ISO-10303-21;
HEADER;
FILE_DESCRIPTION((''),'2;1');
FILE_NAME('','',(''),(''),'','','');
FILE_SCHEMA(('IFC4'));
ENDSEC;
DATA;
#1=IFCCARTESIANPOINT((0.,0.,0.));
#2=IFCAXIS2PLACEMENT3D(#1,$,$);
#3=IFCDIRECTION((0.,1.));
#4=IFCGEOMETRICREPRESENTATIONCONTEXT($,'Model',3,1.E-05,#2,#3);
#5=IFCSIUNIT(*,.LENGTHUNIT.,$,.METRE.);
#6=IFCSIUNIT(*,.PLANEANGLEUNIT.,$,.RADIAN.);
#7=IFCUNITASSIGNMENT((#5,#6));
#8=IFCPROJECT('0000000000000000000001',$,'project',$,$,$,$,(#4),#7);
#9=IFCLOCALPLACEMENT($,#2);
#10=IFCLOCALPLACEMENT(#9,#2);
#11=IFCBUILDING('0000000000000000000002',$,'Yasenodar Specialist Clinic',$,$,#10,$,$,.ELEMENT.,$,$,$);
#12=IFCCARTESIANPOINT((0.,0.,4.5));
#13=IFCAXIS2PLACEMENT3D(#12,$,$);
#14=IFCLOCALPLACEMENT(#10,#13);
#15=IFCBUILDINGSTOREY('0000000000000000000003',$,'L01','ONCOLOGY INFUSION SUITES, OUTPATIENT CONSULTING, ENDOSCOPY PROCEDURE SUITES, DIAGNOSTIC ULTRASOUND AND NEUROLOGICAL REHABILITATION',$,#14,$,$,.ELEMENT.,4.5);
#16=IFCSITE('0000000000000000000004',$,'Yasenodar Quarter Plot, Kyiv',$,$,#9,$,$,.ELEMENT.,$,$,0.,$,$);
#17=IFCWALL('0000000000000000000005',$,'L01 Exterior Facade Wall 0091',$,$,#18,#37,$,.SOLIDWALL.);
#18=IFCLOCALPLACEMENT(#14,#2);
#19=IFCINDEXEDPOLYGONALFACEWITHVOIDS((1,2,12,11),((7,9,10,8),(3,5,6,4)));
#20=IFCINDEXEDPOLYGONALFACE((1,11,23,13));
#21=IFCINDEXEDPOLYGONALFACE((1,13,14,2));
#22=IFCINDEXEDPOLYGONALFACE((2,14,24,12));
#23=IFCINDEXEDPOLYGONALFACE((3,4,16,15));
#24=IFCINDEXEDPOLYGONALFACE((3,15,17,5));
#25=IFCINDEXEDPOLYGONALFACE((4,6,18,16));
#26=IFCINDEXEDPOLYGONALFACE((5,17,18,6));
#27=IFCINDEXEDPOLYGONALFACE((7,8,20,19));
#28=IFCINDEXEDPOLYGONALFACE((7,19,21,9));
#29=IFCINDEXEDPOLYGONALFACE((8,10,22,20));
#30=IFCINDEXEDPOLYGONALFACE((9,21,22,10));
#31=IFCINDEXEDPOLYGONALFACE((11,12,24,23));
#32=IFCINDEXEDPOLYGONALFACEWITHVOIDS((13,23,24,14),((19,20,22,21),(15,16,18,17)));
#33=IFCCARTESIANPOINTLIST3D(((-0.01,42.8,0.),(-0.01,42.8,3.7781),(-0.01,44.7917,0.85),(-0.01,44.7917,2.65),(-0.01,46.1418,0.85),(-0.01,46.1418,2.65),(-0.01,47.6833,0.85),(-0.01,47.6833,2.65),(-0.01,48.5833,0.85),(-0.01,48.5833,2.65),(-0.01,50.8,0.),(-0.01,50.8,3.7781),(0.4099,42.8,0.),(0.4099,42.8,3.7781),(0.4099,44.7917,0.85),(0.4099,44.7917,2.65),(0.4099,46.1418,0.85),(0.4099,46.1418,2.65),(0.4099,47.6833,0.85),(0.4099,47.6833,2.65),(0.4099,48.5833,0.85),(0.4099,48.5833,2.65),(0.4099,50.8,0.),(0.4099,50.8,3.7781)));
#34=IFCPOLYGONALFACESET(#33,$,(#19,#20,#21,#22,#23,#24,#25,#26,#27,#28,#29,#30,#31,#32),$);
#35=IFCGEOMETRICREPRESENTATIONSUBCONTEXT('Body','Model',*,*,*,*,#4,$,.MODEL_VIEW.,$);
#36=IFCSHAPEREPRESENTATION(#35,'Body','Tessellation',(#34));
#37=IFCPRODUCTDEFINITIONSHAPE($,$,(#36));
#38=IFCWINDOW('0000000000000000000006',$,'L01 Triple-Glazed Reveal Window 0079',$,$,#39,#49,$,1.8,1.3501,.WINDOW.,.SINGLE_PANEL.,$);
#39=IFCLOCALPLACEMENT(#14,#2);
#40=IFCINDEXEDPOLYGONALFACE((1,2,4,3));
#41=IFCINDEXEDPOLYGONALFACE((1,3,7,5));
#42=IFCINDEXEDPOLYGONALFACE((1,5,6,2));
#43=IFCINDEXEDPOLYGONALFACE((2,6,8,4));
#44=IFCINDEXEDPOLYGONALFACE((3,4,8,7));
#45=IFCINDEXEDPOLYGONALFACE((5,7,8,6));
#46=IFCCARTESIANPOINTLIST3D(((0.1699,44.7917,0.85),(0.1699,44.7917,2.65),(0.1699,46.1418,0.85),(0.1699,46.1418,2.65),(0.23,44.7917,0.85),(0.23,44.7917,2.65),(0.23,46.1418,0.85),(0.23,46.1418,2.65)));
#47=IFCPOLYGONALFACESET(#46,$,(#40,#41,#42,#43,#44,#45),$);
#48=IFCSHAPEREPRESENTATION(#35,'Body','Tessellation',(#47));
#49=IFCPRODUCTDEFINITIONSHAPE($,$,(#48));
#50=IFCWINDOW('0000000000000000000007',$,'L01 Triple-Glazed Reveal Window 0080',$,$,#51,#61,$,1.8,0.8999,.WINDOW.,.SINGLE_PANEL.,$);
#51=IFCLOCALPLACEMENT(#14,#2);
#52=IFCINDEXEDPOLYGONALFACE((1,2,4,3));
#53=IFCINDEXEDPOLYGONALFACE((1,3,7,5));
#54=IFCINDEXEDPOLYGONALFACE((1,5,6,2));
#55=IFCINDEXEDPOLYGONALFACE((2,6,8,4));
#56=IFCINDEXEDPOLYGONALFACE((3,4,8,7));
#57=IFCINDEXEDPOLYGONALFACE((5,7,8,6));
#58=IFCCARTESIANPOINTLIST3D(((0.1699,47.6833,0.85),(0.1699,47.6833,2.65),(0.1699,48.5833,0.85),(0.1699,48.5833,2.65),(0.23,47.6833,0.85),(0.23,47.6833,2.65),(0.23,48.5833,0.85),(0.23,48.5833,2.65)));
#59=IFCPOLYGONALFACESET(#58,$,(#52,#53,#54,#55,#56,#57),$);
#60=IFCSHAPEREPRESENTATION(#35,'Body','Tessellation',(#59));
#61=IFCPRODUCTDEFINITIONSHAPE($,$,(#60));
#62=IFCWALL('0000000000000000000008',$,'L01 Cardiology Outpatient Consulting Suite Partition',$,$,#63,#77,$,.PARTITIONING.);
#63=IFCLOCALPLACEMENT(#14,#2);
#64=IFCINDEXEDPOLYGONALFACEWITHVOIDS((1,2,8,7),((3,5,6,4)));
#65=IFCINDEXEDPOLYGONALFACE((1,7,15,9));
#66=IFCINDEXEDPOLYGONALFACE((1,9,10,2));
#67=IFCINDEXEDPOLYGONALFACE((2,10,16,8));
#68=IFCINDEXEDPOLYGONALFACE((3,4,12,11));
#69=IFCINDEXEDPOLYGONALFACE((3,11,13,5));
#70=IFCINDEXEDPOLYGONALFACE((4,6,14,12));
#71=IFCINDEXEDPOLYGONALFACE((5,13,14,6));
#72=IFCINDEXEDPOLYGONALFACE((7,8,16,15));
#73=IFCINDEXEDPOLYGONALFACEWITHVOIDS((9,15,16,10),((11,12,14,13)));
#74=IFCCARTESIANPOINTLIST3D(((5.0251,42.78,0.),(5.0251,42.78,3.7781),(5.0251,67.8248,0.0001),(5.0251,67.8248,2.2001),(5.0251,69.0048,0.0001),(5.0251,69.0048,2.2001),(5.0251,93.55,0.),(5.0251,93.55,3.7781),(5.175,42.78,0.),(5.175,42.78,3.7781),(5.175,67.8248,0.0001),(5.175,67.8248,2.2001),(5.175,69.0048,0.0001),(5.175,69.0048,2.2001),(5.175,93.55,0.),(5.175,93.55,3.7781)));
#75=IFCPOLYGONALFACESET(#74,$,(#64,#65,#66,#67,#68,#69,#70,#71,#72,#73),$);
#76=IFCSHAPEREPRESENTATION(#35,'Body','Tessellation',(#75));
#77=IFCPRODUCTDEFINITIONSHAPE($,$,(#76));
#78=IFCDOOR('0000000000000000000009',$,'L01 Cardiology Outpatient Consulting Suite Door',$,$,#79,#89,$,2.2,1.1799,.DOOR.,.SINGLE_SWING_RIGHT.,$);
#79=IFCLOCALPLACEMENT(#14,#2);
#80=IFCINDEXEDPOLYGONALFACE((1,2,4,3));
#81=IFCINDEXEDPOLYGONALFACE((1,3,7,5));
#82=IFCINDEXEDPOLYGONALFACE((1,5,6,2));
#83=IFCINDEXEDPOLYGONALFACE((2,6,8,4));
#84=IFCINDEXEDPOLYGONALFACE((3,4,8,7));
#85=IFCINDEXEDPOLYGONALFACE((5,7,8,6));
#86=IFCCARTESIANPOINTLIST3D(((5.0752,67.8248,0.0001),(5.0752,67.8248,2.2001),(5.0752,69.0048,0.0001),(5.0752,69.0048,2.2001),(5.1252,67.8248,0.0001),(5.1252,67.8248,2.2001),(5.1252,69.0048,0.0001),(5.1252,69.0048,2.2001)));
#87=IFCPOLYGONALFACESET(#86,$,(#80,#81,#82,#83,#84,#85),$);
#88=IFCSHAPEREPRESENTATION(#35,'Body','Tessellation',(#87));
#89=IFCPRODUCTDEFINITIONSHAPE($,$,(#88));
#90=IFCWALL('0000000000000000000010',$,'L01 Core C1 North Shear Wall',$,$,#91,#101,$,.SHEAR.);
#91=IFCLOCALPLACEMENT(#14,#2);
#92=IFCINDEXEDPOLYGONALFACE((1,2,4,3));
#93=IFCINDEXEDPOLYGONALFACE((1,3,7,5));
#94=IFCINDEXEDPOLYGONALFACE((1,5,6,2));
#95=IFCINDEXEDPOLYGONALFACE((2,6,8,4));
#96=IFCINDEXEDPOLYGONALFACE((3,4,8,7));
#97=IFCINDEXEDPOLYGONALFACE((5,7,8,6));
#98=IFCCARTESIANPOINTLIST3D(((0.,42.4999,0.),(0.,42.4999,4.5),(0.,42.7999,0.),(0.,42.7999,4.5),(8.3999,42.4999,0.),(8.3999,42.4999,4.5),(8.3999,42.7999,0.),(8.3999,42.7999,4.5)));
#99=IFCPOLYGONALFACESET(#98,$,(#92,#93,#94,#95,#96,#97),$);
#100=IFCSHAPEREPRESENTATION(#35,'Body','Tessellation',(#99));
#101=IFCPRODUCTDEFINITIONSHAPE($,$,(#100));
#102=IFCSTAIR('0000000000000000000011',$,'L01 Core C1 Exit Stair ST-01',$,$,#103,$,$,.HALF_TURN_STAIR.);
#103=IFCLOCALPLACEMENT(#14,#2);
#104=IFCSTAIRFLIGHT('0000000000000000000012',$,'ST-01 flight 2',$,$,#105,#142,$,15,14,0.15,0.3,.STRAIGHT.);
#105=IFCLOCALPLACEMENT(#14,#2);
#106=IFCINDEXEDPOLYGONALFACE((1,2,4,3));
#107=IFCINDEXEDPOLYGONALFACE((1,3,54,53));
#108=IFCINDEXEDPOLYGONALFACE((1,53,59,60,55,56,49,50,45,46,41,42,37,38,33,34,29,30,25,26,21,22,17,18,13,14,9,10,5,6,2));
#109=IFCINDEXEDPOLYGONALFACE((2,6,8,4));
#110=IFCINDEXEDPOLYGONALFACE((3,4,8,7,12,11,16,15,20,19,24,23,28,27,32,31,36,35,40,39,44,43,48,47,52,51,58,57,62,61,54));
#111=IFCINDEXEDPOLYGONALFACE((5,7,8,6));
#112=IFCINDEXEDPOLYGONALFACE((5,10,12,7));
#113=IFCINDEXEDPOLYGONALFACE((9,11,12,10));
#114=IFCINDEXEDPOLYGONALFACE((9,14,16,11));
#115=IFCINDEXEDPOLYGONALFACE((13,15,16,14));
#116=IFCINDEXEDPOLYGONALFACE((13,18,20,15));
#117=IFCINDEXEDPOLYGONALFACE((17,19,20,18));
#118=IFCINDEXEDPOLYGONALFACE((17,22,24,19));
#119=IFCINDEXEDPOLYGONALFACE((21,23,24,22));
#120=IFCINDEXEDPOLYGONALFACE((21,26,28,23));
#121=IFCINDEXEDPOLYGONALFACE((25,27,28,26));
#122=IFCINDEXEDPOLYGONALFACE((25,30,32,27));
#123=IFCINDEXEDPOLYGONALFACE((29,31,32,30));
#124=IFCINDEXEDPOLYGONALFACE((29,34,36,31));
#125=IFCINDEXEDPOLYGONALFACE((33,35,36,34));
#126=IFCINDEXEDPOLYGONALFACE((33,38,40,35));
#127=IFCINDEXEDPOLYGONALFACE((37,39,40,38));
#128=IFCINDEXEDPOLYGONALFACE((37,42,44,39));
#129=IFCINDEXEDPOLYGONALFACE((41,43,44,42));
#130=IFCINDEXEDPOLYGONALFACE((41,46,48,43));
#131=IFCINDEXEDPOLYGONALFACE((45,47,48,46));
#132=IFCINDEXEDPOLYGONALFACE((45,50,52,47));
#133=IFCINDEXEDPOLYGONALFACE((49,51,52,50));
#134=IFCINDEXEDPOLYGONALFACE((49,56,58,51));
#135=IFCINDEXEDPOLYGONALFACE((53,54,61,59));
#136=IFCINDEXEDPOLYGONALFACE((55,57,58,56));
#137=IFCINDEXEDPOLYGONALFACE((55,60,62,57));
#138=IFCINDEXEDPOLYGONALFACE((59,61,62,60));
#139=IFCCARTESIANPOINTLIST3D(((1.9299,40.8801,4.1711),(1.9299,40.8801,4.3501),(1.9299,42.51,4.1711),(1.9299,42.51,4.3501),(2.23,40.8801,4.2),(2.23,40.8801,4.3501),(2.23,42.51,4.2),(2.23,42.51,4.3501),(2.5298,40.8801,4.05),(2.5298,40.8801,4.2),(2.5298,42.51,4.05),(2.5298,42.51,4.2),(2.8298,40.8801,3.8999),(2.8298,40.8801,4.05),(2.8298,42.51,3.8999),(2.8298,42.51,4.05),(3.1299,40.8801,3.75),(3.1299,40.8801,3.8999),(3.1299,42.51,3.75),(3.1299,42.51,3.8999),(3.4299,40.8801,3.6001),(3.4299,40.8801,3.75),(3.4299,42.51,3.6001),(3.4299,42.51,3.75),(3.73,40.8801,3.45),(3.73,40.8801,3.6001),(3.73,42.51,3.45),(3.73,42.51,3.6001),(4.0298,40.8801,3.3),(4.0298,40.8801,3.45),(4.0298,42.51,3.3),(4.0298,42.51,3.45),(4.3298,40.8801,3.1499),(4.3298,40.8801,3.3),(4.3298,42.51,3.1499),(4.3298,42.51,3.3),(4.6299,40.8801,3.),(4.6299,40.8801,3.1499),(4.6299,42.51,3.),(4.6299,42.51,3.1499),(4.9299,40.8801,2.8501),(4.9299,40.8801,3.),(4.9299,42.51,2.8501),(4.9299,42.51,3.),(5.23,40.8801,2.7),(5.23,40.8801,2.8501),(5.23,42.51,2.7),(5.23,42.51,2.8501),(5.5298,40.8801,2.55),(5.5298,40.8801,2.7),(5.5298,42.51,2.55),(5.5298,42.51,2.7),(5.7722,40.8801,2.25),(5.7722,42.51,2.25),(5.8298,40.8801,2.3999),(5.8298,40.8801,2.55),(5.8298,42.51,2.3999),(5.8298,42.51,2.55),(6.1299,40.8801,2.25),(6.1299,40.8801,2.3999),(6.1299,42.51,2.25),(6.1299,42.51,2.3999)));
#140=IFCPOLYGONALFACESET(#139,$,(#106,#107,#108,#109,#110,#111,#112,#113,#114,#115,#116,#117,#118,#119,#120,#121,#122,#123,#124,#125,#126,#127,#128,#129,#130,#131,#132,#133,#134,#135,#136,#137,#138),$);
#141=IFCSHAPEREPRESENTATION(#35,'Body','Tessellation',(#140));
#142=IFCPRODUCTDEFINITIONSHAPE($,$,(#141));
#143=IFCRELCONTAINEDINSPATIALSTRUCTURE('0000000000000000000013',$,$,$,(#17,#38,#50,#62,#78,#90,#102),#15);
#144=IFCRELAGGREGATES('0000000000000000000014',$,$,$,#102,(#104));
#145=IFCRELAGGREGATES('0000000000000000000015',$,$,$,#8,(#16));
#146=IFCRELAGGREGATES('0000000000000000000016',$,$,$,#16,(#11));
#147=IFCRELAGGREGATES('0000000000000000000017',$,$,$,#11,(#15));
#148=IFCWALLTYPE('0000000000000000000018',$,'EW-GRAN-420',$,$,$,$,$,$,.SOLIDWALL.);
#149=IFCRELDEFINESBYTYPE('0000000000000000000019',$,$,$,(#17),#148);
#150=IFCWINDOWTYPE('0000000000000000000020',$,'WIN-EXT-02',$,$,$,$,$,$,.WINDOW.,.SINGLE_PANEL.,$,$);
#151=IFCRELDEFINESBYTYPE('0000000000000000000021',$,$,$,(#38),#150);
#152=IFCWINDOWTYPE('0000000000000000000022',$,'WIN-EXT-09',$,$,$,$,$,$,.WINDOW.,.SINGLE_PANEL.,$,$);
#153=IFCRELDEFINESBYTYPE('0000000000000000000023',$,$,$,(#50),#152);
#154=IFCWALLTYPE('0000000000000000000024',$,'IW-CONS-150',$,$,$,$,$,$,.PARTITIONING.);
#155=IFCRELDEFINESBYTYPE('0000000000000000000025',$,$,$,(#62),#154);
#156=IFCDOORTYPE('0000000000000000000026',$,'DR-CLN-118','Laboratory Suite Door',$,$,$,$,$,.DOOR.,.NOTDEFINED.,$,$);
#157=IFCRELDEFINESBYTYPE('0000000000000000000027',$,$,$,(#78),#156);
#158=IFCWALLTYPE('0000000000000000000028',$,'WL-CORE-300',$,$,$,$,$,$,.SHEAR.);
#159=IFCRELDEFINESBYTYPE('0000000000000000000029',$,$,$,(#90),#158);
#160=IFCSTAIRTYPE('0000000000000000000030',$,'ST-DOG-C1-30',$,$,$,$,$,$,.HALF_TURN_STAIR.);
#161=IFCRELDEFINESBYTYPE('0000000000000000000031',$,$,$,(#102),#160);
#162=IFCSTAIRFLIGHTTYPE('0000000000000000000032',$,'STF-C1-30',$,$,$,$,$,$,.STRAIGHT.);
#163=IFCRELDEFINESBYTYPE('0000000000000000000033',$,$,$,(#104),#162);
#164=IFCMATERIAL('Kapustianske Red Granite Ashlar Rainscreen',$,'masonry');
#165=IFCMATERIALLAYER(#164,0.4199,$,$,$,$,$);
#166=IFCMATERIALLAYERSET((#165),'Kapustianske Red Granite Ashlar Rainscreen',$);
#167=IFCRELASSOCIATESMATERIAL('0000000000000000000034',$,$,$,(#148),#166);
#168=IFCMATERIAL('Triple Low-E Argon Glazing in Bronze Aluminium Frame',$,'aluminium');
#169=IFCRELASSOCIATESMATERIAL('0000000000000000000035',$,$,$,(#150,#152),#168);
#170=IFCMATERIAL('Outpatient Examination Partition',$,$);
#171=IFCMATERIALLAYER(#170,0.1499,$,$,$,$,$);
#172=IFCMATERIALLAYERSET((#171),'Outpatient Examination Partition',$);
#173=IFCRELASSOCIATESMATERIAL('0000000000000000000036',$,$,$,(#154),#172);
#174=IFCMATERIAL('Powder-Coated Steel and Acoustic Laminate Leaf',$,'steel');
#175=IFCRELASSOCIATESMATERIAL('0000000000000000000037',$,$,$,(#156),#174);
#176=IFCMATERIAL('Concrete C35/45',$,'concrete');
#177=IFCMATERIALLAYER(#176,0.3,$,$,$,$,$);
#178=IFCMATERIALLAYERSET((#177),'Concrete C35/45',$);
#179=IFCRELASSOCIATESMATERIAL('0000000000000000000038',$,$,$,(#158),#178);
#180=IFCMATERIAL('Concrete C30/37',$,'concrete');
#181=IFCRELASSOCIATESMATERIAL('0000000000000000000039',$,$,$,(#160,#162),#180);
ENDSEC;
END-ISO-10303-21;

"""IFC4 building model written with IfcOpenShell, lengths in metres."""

from ifc_helpers import new_model, si_unit, direction, frame, frame_2d, origin, place, context, subcontext, project, spatial, polyline, rectangle, outline, extrude, material, layer, layer_set, type_object, element, fill, aggregate, save


model = new_model("IFC4")

# Units and contexts
model_context = context("Model", 3, precision=1e-05, world=origin(), true_north=direction((0.0, 1.0)))
body_context = subcontext(model_context, "Body", "Model", "MODEL_VIEW")
ifc_project = project(units=[si_unit("LENGTHUNIT", "METRE"), si_unit("PLANEANGLEUNIT", "RADIAN")], contexts=[model_context])

# Site, building, storey
site_placement = place(None, origin())
site = spatial("IfcSite", under=ifc_project, at=site_placement, Name="Yasenodar Quarter Plot, Kyiv", CompositionType="ELEMENT", RefElevation=0.0)
building_placement = place(site_placement, origin())
building = spatial("IfcBuilding", under=site, at=building_placement, Name="Yasenodar Specialist Clinic", CompositionType="ELEMENT")
storey_placement = place(building_placement, frame((0.0, 0.0, 4.5)))
storey = spatial("IfcBuildingStorey", under=building, at=storey_placement, Name="L01", Description="ONCOLOGY INFUSION SUITES, OUTPATIENT CONSULTING, ENDOSCOPY PROCEDURE SUITES, DIAGNOSTIC ULTRASOUND AND NEUROLOGICAL REHABILITATION", CompositionType="ELEMENT", Elevation=4.5)

# Shared definitions
ifc_material_1 = material(Name="Concrete C35/45", Category="concrete")

# Wall, openings, windows
ifc_material_2 = material(Name="Kapustianske Red Granite Ashlar Rainscreen", Category="masonry")
ifc_layer_1 = layer(ifc_material_2, 0.4199)
ifc_layer_set_1 = layer_set([ifc_layer_1], Name="Kapustianske Red Granite Ashlar Rainscreen")
wall_type_1 = type_object("IfcWallType", Name="EW-GRAN-420", PredefinedType="SOLIDWALL", material=ifc_layer_set_1)
wall_1_placement = place(storey_placement, frame((0.2, 42.8, 0.0), z_axis=(0.0, 0.0, 1.0), x_axis=(0.0, 1.0, 0.0)))
wall_1 = element("IfcWall", 1, at=wall_1_placement, inside=storey, type_object=wall_type_1, Name="L01 Exterior Facade Wall 0091", PredefinedType="SOLIDWALL", context=body_context, shape_type="SweptSolid", body=[
    extrude(rectangle(XDim=8.0, YDim=0.4199, at=frame_2d((4.0, 0.0))), origin(), (0.0, 0.0, 1.0), 3.7781),
])
opening_1_placement = place(wall_1_placement, frame((1.9917, 0.0, 0.8501)))
opening_1 = element("IfcOpeningElement", 2, at=opening_1_placement, cuts=wall_1, PredefinedType="OPENING", context=body_context, shape_type="SweptSolid", body=[
    extrude(rectangle(XDim=1.3501, YDim=1.8, at=frame_2d((0.675, 0.8999))), frame((0.0, 0.22, 0.0), z_axis=(0.0, -1.0, 0.0), x_axis=(1.0, 0.0, 0.0)), (0.0, 0.0, 1.0), 0.4399),
])
opening_2_placement = place(wall_1_placement, frame((4.8833, 0.0, 0.8501)))
opening_2 = element("IfcOpeningElement", 3, at=opening_2_placement, cuts=wall_1, PredefinedType="OPENING", context=body_context, shape_type="SweptSolid", body=[
    extrude(rectangle(XDim=0.8999, YDim=1.8, at=frame_2d((0.45, 0.8999))), frame((0.0, 0.22, 0.0), z_axis=(0.0, -1.0, 0.0), x_axis=(1.0, 0.0, 0.0)), (0.0, 0.0, 1.0), 0.4399),
])
ifc_material_3 = material(Name="Triple Low-E Argon Glazing in Bronze Aluminium Frame", Category="aluminium")
window_type_1 = type_object("IfcWindowType", Name="WIN-EXT-02", PartitioningType="SINGLE_PANEL", PredefinedType="WINDOW", material=ifc_material_3)
window_1_placement = place(opening_1_placement, origin())
window_1 = element("IfcWindow", 4, at=window_1_placement, inside=storey, type_object=window_type_1, Name="L01 Triple-Glazed Reveal Window 0079", OverallHeight=1.8, OverallWidth=1.3501, PartitioningType="SINGLE_PANEL", PredefinedType="WINDOW", context=body_context, shape_type="SweptSolid", body=[
    extrude(rectangle(XDim=1.3501, YDim=1.8, at=frame_2d((0.675, 0.8999))), frame((0.0, 0.03, 0.0), z_axis=(0.0, -1.0, 0.0), x_axis=(1.0, 0.0, 0.0)), (0.0, 0.0, 1.0), 0.0601),
])
fill(opening_1, window_1)
window_type_2 = type_object("IfcWindowType", Name="WIN-EXT-09", PartitioningType="SINGLE_PANEL", PredefinedType="WINDOW", material=ifc_material_3)
window_2_placement = place(opening_2_placement, origin())
window_2 = element("IfcWindow", 5, at=window_2_placement, inside=storey, type_object=window_type_2, Name="L01 Triple-Glazed Reveal Window 0080", OverallHeight=1.8, OverallWidth=0.8999, PartitioningType="SINGLE_PANEL", PredefinedType="WINDOW", context=body_context, shape_type="SweptSolid", body=[
    extrude(rectangle(XDim=0.8999, YDim=1.8, at=frame_2d((0.45, 0.8999))), frame((0.0, 0.03, 0.0), z_axis=(0.0, -1.0, 0.0), x_axis=(1.0, 0.0, 0.0)), (0.0, 0.0, 1.0), 0.0601),
])
fill(opening_2, window_2)

# Wall, opening, door
ifc_material_4 = material(Name="Outpatient Examination Partition")
ifc_layer_2 = layer(ifc_material_4, 0.1499)
ifc_layer_set_2 = layer_set([ifc_layer_2], Name="Outpatient Examination Partition")
wall_type_2 = type_object("IfcWallType", Name="IW-CONS-150", PredefinedType="PARTITIONING", material=ifc_layer_set_2)
wall_2_placement = place(storey_placement, frame((5.1001, 42.78, 0.0), z_axis=(0.0, 0.0, 1.0), x_axis=(0.0, 1.0, 0.0)))
wall_2 = element("IfcWall", 6, at=wall_2_placement, inside=storey, type_object=wall_type_2, Name="L01 Cardiology Outpatient Consulting Suite Partition", PredefinedType="PARTITIONING", context=body_context, shape_type="SweptSolid", body=[
    extrude(rectangle(XDim=50.77, YDim=0.1499, at=frame_2d((25.385, 0.0))), origin(), (0.0, 0.0, 1.0), 3.7781),
])
opening_3_placement = place(wall_2_placement, frame((25.0449, 0.0, 0.0)))
opening_3 = element("IfcOpeningElement", 7, at=opening_3_placement, cuts=wall_2, PredefinedType="OPENING", context=body_context, shape_type="SweptSolid", body=[
    extrude(rectangle(XDim=1.1799, YDim=2.2, at=frame_2d((0.5898, 1.1001))), frame((0.0, 0.085, 0.0), z_axis=(0.0, -1.0, 0.0), x_axis=(1.0, 0.0, 0.0)), (0.0, 0.0, 1.0), 0.1699),
])
ifc_material_5 = material(Name="Powder-Coated Steel and Acoustic Laminate Leaf", Category="steel")
door_type = type_object("IfcDoorType", Name="DR-CLN-118", Description="Laboratory Suite Door", OperationType="NOTDEFINED", PredefinedType="DOOR", material=ifc_material_5)
door_placement = place(opening_3_placement, origin())
door = element("IfcDoor", 8, at=door_placement, inside=storey, type_object=door_type, Name="L01 Cardiology Outpatient Consulting Suite Door", OperationType="SINGLE_SWING_RIGHT", OverallHeight=2.2, OverallWidth=1.1799, PredefinedType="DOOR", context=body_context, shape_type="SweptSolid", body=[
    extrude(rectangle(XDim=1.1799, YDim=2.2, at=frame_2d((0.5898, 1.1001))), frame((0.0, 0.0249, 0.0), z_axis=(0.0, -1.0, 0.0), x_axis=(1.0, 0.0, 0.0)), (0.0, 0.0, 1.0), 0.05),
])
fill(opening_3, door)

# Wall
ifc_layer_3 = layer(ifc_material_1, 0.3)
ifc_layer_set_3 = layer_set([ifc_layer_3], Name="Concrete C35/45")
wall_type_3 = type_object("IfcWallType", Name="WL-CORE-300", PredefinedType="SHEAR", material=ifc_layer_set_3)
wall_3_placement = place(storey_placement, frame((0.0, 42.6499, 0.0), z_axis=(0.0, 0.0, 1.0), x_axis=(1.0, 0.0, 0.0)))
element("IfcWall", 9, at=wall_3_placement, inside=storey, type_object=wall_type_3, Name="L01 Core C1 North Shear Wall", PredefinedType="SHEAR", context=body_context, shape_type="SweptSolid", body=[
    extrude(rectangle(XDim=8.3999, YDim=0.3, at=frame_2d((4.2, 0.0))), origin(), (0.0, 0.0, 1.0), 4.5),
])

# Stair, stair flight
ifc_material_6 = material(Name="Concrete C30/37", Category="concrete")
stair_type = type_object("IfcStairType", Name="ST-DOG-C1-30", PredefinedType="HALF_TURN_STAIR", material=ifc_material_6)
stair_placement = place(storey_placement, origin())
stair = element("IfcStair", 10, at=stair_placement, inside=storey, type_object=stair_type, Name="L01 Core C1 Exit Stair ST-01", PredefinedType="HALF_TURN_STAIR")
stair_flight_type = type_object("IfcStairFlightType", Name="STF-C1-30", PredefinedType="STRAIGHT", material=ifc_material_6)
stair_flight_placement = place(storey_placement, frame((6.1299, 41.6951, 2.25), z_axis=(0.0, 0.0, 1.0), x_axis=(-1.0, 0.0, 0.0)))
stair_flight = element("IfcStairFlight", 11, at=stair_flight_placement, type_object=stair_flight_type, Name="ST-01 flight 2", NumberOfRisers=15, NumberOfTreads=14, PredefinedType="STRAIGHT", RiserHeight=0.15, TreadLength=0.3, context=body_context, shape_type="SweptSolid", body=[
    extrude(outline(polyline([(0.0, 0.0), (0.0, 0.1499), (0.3, 0.1499), (0.3, 0.3), (0.6001, 0.3), (0.6001, 0.45), (0.8999, 0.45), (0.8999, 0.6001), (1.2, 0.6001), (1.2, 0.75), (1.5, 0.75), (1.5, 0.8999), (1.8, 0.8999), (1.8, 1.05), (2.1001, 1.05), (2.1001, 1.2), (2.3999, 1.2), (2.3999, 1.3501), (2.7, 1.3501), (2.7, 1.5), (3.0, 1.5), (3.0, 1.6499), (3.3, 1.6499), (3.3, 1.8), (3.6001, 1.8), (3.6001, 1.95), (3.8999, 1.95), (3.8999, 2.1001), (4.2, 2.1001), (4.2, 2.25), (4.2, 1.9211), (0.3577, 0.0), (0.0, 0.0)])), frame((0.0, 0.8149, 0.0), z_axis=(0.0, -1.0, 0.0), x_axis=(1.0, 0.0, 0.0)), (0.0, 0.0, 1.0), 1.6299),
])
aggregate(stair, [stair_flight])

save(model, "model.ifc")
